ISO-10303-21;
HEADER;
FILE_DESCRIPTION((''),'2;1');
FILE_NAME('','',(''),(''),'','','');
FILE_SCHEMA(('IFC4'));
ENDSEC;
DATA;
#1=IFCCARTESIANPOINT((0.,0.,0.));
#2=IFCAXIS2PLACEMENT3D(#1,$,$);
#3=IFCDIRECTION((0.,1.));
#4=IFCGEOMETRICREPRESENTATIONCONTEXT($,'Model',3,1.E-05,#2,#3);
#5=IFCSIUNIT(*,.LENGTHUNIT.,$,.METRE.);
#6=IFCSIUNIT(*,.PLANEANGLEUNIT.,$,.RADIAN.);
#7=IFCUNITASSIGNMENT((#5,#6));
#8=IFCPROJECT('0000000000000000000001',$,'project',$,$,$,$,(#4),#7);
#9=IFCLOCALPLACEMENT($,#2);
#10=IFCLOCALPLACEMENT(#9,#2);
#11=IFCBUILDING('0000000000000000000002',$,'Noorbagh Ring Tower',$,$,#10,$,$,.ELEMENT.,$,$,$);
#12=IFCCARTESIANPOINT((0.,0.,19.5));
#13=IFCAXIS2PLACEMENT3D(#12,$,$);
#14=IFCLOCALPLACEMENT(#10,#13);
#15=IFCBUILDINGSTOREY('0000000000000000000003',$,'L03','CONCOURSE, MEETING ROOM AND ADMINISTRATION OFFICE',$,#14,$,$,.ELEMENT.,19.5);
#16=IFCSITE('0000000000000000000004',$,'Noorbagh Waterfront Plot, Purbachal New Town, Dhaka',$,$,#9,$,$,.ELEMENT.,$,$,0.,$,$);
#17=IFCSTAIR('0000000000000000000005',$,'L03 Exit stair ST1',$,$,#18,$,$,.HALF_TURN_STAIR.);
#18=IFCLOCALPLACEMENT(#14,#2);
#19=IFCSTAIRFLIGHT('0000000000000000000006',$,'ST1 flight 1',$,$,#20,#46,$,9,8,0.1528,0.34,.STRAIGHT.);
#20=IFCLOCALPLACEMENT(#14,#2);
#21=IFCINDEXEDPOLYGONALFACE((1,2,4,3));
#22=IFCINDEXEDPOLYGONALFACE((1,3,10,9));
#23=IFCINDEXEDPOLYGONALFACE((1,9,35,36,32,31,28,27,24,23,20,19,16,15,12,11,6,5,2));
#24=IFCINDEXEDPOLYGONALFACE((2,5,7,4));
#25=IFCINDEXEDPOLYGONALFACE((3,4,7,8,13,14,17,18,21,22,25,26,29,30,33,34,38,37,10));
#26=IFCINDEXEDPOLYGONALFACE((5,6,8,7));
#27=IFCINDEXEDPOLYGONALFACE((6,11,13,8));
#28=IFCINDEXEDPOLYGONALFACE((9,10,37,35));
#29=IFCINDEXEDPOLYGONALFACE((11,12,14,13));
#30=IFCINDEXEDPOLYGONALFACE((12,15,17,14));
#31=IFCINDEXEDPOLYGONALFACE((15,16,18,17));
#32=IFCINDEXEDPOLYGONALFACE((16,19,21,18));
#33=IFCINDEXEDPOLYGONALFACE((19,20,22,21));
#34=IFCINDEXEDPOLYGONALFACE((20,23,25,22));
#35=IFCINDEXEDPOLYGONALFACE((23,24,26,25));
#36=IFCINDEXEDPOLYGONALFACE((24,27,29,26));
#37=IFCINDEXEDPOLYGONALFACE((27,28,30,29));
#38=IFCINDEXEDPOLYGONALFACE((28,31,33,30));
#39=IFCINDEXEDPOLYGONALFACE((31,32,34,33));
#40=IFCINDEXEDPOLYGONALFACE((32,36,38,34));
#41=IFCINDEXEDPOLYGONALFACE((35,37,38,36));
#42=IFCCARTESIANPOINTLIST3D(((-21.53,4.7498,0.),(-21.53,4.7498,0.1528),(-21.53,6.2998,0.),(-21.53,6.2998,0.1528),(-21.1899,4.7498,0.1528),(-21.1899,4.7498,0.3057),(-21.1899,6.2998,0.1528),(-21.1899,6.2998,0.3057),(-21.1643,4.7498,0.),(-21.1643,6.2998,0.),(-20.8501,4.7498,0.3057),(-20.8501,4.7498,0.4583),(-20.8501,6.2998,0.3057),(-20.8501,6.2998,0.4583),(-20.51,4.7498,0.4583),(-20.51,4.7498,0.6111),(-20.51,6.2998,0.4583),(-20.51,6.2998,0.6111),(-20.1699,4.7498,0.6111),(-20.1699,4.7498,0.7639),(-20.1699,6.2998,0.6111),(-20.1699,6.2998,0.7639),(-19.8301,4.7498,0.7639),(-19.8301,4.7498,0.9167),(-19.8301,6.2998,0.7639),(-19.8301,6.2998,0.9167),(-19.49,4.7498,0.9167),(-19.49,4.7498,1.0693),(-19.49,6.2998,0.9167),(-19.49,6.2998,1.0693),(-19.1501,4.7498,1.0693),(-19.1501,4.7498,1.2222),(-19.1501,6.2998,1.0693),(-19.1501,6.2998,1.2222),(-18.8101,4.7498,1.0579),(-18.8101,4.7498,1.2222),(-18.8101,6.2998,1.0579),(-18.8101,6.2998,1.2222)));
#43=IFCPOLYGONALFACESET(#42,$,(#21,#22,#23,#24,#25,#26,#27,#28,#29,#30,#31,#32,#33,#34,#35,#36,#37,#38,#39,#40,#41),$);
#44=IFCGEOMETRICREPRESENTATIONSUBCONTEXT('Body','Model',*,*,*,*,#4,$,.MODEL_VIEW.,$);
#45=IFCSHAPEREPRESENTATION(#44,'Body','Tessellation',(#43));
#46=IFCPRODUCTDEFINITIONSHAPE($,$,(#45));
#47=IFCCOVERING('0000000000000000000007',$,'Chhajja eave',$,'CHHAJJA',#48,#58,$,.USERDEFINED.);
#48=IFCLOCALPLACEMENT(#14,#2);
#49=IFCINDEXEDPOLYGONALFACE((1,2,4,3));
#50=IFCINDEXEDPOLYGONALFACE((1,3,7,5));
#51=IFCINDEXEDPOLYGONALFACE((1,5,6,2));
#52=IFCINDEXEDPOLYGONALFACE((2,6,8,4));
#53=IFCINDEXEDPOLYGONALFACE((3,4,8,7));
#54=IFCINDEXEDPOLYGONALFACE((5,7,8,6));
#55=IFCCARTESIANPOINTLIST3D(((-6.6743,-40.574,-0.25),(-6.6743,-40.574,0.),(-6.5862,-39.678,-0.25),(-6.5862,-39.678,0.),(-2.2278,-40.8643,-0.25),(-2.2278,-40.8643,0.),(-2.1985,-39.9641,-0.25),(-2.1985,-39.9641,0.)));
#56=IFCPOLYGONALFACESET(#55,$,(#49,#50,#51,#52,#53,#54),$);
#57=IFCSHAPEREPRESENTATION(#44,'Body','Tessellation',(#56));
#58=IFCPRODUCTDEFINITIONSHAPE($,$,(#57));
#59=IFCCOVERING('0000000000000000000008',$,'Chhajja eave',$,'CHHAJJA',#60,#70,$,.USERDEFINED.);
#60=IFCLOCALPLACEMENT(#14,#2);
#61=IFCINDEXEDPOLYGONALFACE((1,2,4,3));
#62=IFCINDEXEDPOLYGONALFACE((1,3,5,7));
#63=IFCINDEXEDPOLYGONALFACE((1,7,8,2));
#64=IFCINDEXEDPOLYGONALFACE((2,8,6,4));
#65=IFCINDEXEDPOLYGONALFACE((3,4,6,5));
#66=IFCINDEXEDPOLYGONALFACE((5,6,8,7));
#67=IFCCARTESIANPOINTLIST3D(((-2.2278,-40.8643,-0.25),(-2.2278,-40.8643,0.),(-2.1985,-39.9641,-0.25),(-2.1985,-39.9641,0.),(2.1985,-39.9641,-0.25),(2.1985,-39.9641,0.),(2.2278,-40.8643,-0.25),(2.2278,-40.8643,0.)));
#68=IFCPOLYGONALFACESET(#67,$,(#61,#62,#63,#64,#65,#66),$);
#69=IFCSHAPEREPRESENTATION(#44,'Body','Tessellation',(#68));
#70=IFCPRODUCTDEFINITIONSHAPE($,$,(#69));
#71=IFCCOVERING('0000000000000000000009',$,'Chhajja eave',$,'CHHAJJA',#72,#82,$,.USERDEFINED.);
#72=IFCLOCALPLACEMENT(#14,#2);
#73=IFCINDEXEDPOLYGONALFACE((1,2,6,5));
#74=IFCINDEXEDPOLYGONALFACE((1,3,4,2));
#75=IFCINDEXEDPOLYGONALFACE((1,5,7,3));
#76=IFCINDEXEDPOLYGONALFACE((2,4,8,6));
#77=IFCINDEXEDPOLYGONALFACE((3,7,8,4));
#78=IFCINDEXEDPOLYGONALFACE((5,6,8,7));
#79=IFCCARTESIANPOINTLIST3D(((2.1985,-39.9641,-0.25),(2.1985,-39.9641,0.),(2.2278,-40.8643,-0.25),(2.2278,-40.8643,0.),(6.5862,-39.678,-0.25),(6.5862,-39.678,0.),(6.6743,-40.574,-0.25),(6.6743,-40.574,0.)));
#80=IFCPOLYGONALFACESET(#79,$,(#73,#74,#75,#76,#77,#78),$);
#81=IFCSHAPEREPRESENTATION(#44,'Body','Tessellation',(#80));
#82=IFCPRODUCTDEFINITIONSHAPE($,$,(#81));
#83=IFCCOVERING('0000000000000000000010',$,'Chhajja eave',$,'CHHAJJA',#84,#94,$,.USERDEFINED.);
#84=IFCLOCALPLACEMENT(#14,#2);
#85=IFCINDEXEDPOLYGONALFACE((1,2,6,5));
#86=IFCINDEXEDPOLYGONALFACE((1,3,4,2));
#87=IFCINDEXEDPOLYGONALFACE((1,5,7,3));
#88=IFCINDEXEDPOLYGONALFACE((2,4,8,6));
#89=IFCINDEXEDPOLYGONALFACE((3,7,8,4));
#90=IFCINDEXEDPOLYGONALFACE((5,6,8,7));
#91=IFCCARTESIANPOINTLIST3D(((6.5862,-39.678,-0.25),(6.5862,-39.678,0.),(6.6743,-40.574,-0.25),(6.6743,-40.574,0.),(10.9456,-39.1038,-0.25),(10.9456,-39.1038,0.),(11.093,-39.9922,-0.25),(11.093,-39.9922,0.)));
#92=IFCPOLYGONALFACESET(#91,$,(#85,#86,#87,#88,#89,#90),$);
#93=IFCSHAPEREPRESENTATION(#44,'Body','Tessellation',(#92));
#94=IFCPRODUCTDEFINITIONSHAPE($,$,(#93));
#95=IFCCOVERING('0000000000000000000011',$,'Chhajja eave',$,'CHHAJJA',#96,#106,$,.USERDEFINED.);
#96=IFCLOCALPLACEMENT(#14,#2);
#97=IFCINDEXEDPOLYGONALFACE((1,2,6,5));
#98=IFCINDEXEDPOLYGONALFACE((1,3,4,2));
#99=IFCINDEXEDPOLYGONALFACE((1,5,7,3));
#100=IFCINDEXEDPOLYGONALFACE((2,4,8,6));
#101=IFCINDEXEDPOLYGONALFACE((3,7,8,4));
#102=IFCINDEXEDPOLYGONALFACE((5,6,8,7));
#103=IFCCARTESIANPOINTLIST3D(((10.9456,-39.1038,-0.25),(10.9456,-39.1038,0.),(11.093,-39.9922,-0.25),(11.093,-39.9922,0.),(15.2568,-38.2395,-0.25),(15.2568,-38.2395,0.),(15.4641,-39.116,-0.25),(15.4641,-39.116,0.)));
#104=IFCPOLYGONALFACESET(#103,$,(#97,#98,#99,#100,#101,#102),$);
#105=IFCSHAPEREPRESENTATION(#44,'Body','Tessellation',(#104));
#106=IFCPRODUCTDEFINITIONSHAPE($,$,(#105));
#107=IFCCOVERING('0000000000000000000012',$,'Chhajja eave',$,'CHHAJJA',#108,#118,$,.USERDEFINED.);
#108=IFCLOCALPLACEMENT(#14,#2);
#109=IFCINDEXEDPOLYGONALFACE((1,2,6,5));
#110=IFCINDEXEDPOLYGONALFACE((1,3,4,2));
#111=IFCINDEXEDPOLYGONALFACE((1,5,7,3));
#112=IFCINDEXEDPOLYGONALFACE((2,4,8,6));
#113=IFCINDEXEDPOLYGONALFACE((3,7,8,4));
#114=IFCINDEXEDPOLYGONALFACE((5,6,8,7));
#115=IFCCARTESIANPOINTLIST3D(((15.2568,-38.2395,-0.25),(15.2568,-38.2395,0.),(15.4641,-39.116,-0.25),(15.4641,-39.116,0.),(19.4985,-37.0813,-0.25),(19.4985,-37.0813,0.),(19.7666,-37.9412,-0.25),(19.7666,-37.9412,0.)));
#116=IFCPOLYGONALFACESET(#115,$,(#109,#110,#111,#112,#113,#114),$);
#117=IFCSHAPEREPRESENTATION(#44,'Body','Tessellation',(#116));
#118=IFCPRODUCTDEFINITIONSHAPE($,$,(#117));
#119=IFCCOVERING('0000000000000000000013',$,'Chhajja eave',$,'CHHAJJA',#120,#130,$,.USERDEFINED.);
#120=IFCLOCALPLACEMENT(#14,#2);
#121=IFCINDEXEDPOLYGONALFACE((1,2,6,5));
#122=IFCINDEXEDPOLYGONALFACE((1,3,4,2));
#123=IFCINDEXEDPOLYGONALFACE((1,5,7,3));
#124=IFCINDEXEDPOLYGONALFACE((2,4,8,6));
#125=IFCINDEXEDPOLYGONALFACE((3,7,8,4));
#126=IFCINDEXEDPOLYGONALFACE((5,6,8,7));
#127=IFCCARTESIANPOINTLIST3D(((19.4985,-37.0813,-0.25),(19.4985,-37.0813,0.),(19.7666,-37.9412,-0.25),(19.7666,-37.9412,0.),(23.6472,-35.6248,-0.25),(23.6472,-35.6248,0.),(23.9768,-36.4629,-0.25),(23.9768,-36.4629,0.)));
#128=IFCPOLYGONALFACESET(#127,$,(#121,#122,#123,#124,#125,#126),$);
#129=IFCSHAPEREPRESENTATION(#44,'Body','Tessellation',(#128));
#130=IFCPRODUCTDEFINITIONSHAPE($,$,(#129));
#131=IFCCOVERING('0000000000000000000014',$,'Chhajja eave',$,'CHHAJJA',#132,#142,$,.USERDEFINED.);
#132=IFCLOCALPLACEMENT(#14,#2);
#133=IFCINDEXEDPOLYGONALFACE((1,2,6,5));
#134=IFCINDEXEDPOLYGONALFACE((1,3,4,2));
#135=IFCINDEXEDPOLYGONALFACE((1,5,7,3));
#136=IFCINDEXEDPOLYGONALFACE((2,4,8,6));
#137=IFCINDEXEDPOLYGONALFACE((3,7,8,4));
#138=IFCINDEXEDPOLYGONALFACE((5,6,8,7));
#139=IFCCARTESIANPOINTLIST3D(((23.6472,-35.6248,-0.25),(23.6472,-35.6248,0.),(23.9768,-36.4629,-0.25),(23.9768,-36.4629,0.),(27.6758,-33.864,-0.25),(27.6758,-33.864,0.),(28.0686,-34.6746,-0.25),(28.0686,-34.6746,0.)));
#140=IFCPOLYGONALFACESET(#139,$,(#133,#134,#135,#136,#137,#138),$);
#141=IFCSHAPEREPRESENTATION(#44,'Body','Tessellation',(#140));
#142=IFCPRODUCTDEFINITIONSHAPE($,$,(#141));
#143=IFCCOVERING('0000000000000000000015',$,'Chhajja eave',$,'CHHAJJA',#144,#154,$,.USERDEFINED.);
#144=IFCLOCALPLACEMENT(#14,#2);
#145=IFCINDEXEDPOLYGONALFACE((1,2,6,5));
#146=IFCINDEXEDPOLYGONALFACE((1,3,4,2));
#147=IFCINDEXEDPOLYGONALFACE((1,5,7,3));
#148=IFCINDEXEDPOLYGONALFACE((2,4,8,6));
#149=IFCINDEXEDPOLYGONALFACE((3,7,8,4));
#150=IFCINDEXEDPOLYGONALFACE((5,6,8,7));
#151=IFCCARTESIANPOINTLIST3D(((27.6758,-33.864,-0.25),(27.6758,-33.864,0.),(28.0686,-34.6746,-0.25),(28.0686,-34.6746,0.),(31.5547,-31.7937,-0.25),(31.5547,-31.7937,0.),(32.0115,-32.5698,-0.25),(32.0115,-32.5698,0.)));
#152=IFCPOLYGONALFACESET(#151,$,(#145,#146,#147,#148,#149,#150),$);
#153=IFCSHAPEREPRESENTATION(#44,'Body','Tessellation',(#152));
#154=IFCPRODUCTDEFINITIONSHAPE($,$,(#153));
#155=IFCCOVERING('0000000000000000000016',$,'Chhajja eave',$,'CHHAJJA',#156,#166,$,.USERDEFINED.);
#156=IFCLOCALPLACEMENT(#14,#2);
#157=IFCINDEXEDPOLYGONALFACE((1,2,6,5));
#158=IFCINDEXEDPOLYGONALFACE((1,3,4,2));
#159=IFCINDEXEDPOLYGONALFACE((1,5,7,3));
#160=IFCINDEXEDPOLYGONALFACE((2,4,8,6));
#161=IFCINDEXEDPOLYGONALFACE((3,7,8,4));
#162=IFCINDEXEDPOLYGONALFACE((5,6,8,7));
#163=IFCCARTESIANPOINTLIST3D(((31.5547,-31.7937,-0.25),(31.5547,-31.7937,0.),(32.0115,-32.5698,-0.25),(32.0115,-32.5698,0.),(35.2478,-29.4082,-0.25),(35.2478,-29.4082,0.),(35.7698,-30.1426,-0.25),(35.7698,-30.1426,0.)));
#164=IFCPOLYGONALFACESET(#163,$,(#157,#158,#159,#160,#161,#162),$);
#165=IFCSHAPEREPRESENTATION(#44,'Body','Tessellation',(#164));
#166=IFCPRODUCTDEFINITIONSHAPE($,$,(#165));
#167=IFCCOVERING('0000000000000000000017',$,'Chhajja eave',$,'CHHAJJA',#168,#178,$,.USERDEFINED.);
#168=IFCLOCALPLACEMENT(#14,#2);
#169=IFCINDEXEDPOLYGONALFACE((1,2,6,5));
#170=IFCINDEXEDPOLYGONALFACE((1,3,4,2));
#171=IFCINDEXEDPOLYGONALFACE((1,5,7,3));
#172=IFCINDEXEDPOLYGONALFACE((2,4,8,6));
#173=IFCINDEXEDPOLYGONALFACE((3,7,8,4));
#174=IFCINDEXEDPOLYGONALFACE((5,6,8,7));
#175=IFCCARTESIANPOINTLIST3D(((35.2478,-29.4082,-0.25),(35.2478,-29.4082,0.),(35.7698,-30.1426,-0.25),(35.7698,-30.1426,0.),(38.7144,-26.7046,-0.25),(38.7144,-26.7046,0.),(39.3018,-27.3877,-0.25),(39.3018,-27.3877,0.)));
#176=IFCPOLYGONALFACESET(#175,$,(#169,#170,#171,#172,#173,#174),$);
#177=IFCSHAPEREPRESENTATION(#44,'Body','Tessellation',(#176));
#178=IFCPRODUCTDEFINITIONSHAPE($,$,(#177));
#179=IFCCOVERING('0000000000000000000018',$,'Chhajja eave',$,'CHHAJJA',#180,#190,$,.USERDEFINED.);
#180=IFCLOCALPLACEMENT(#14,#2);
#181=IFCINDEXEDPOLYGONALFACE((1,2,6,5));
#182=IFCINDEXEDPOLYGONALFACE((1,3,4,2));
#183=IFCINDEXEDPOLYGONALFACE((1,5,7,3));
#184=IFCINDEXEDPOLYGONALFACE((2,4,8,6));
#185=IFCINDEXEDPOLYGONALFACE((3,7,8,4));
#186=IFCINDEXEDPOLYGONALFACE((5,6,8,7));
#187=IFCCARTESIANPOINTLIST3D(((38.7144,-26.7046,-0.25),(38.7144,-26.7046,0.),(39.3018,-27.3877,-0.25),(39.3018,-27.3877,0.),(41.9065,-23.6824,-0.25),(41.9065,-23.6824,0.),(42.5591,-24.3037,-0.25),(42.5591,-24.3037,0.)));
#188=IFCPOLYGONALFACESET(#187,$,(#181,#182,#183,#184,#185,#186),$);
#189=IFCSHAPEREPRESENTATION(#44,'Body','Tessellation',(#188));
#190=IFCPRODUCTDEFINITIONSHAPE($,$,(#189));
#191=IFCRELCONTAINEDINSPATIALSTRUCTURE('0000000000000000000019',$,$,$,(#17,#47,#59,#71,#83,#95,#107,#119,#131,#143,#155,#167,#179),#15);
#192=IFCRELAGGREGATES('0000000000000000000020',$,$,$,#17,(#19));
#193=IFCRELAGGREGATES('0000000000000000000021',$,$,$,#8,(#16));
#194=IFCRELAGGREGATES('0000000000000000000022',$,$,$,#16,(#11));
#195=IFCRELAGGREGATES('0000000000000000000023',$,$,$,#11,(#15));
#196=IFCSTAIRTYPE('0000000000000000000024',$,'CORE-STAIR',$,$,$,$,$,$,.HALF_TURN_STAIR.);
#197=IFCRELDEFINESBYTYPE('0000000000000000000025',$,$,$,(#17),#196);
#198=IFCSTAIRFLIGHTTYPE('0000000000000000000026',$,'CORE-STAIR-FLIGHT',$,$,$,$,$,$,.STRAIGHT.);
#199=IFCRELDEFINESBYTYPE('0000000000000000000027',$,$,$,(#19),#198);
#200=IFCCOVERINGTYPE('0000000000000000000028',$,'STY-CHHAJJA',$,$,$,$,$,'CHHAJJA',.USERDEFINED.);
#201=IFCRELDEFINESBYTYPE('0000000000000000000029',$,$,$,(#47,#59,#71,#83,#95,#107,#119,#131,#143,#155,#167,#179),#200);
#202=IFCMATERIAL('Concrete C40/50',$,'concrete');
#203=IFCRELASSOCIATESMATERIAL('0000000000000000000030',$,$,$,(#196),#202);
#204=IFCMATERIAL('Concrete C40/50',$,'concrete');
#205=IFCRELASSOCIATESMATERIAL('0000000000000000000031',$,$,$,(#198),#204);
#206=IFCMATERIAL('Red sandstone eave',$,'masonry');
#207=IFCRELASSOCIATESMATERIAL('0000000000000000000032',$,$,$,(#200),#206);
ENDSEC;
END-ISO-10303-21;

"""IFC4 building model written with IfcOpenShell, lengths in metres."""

from ifc_helpers import new_model, si_unit, direction, frame, origin, place, context, subcontext, project, spatial, polyline, outline, extrude, material, type_object, element, aggregate, save


model = new_model("IFC4")

# Units and contexts
model_context = context("Model", 3, precision=1e-05, world=origin(), true_north=direction((0.0, 1.0)))
body_context = subcontext(model_context, "Body", "Model", "MODEL_VIEW")
ifc_project = project(units=[si_unit("LENGTHUNIT", "METRE"), si_unit("PLANEANGLEUNIT", "RADIAN")], contexts=[model_context])

# Site, building, storey
site_placement = place(None, origin())
site = spatial("IfcSite", under=ifc_project, at=site_placement, Name="Noorbagh Waterfront Plot, Purbachal New Town, Dhaka", CompositionType="ELEMENT", RefElevation=0.0)
building_placement = place(site_placement, origin())
building = spatial("IfcBuilding", under=site, at=building_placement, Name="Noorbagh Ring Tower", CompositionType="ELEMENT")
storey_placement = place(building_placement, frame((0.0, 0.0, 19.5)))
storey = spatial("IfcBuildingStorey", under=building, at=storey_placement, Name="L03", Description="CONCOURSE, MEETING ROOM AND ADMINISTRATION OFFICE", CompositionType="ELEMENT", Elevation=19.5)

# Stair, stair flight
ifc_material_1 = material(Name="Concrete C40/50", Category="concrete")
stair_type_1 = type_object("IfcStairType", Name="CORE-STAIR", PredefinedType="HALF_TURN_STAIR", material=ifc_material_1)
stair_1_placement = place(storey_placement, origin())
stair_1 = element("IfcStair", 1, at=stair_1_placement, inside=storey, type_object=stair_type_1, Name="L03 Exit stair ST1", PredefinedType="HALF_TURN_STAIR")
ifc_material_2 = material(Name="Concrete C40/50", Category="concrete")
stair_flight_type = type_object("IfcStairFlightType", Name="CORE-STAIR-FLIGHT", PredefinedType="STRAIGHT", material=ifc_material_2)
stair_flight_placement = place(storey_placement, frame((-21.53, 5.5249, 0.0), z_axis=(0.0, 0.0, 1.0), x_axis=(1.0, 0.0, 0.0)))
stair_flight = element("IfcStairFlight", 2, at=stair_flight_placement, type_object=stair_flight_type, Name="ST1 flight 1", NumberOfRisers=9, NumberOfTreads=8, PredefinedType="STRAIGHT", RiserHeight=0.1528, TreadLength=0.34, context=body_context, shape_type="SweptSolid", body=[
    extrude(outline(polyline([(0.0, 0.0), (0.0, 0.1528), (0.3401, 0.1528), (0.3401, 0.3057), (0.6799, 0.3057), (0.6799, 0.4583), (1.02, 0.4583), (1.02, 0.6111), (1.3601, 0.6111), (1.3601, 0.7639), (1.7, 0.7639), (1.7, 0.9167), (2.04, 0.9167), (2.04, 1.0693), (2.3799, 1.0693), (2.3799, 1.2222), (2.72, 1.2222), (2.72, 1.375), (2.72, 1.0579), (0.3657, 0.0), (0.0, 0.0)])), frame((0.0, 0.7749, 0.0), z_axis=(0.0, -1.0, 0.0), x_axis=(1.0, 0.0, 0.0)), (0.0, 0.0, 1.0), 1.55),
])
aggregate(stair_1, [stair_flight])

# Coverings
ifc_material_3 = material(Name="Red sandstone eave", Category="masonry")
covering_type = type_object("IfcCoveringType", Name="STY-CHHAJJA", ElementType="CHHAJJA", PredefinedType="USERDEFINED", material=ifc_material_3)
covering_1_placement = place(storey_placement, frame((0.0, 0.0, -0.25)))
element("IfcCovering", 3, at=covering_1_placement, inside=storey, type_object=covering_type, Name="Chhajja eave", ObjectType="CHHAJJA", PredefinedType="USERDEFINED", context=body_context, shape_type="SweptSolid", body=[
    extrude(outline(polyline([(-6.5862, -39.678), (-2.1985, -39.9641), (-2.2278, -40.8643), (-6.6743, -40.574), (-6.5862, -39.678)])), origin(), (0.0, 0.0, 1.0), 0.25),
])
covering_2_placement = place(storey_placement, frame((0.0, 0.0, -0.25)))
element("IfcCovering", 4, at=covering_2_placement, inside=storey, type_object=covering_type, Name="Chhajja eave", ObjectType="CHHAJJA", PredefinedType="USERDEFINED", context=body_context, shape_type="SweptSolid", body=[
    extrude(outline(polyline([(-2.1985, -39.9641), (2.1985, -39.9641), (2.2278, -40.8643), (-2.2278, -40.8643), (-2.1985, -39.9641)])), origin(), (0.0, 0.0, 1.0), 0.25),
])
covering_3_placement = place(storey_placement, frame((0.0, 0.0, -0.25)))
element("IfcCovering", 5, at=covering_3_placement, inside=storey, type_object=covering_type, Name="Chhajja eave", ObjectType="CHHAJJA", PredefinedType="USERDEFINED", context=body_context, shape_type="SweptSolid", body=[
    extrude(outline(polyline([(2.1985, -39.9641), (6.5862, -39.678), (6.6743, -40.574), (2.2278, -40.8643), (2.1985, -39.9641)])), origin(), (0.0, 0.0, 1.0), 0.25),
])
covering_4_placement = place(storey_placement, frame((0.0, 0.0, -0.25)))
element("IfcCovering", 6, at=covering_4_placement, inside=storey, type_object=covering_type, Name="Chhajja eave", ObjectType="CHHAJJA", PredefinedType="USERDEFINED", context=body_context, shape_type="SweptSolid", body=[
    extrude(outline(polyline([(6.5862, -39.678), (10.9456, -39.1038), (11.093, -39.9922), (6.6743, -40.574), (6.5862, -39.678)])), origin(), (0.0, 0.0, 1.0), 0.25),
])
covering_5_placement = place(storey_placement, frame((0.0, 0.0, -0.25)))
element("IfcCovering", 7, at=covering_5_placement, inside=storey, type_object=covering_type, Name="Chhajja eave", ObjectType="CHHAJJA", PredefinedType="USERDEFINED", context=body_context, shape_type="SweptSolid", body=[
    extrude(outline(polyline([(10.9456, -39.1038), (15.2568, -38.2395), (15.4641, -39.116), (11.093, -39.9922), (10.9456, -39.1038)])), origin(), (0.0, 0.0, 1.0), 0.25),
])
covering_6_placement = place(storey_placement, frame((0.0, 0.0, -0.25)))
element("IfcCovering", 8, at=covering_6_placement, inside=storey, type_object=covering_type, Name="Chhajja eave", ObjectType="CHHAJJA", PredefinedType="USERDEFINED", context=body_context, shape_type="SweptSolid", body=[
    extrude(outline(polyline([(15.2568, -38.2395), (19.4985, -37.0813), (19.7666, -37.9412), (15.4641, -39.116), (15.2568, -38.2395)])), origin(), (0.0, 0.0, 1.0), 0.25),
])
covering_7_placement = place(storey_placement, frame((0.0, 0.0, -0.25)))
element("IfcCovering", 9, at=covering_7_placement, inside=storey, type_object=covering_type, Name="Chhajja eave", ObjectType="CHHAJJA", PredefinedType="USERDEFINED", context=body_context, shape_type="SweptSolid", body=[
    extrude(outline(polyline([(19.4985, -37.0813), (23.6472, -35.6248), (23.9768, -36.4629), (19.7666, -37.9412), (19.4985, -37.0813)])), origin(), (0.0, 0.0, 1.0), 0.25),
])
covering_8_placement = place(storey_placement, frame((0.0, 0.0, -0.25)))
element("IfcCovering", 10, at=covering_8_placement, inside=storey, type_object=covering_type, Name="Chhajja eave", ObjectType="CHHAJJA", PredefinedType="USERDEFINED", context=body_context, shape_type="SweptSolid", body=[
    extrude(outline(polyline([(23.6472, -35.6248), (27.6758, -33.864), (28.0686, -34.6746), (23.9768, -36.4629), (23.6472, -35.6248)])), origin(), (0.0, 0.0, 1.0), 0.25),
])
covering_9_placement = place(storey_placement, frame((0.0, 0.0, -0.25)))
element("IfcCovering", 11, at=covering_9_placement, inside=storey, type_object=covering_type, Name="Chhajja eave", ObjectType="CHHAJJA", PredefinedType="USERDEFINED", context=body_context, shape_type="SweptSolid", body=[
    extrude(outline(polyline([(27.6758, -33.864), (31.5547, -31.7937), (32.0115, -32.5698), (28.0686, -34.6746), (27.6758, -33.864)])), origin(), (0.0, 0.0, 1.0), 0.25),
])
covering_10_placement = place(storey_placement, frame((0.0, 0.0, -0.25)))
element("IfcCovering", 12, at=covering_10_placement, inside=storey, type_object=covering_type, Name="Chhajja eave", ObjectType="CHHAJJA", PredefinedType="USERDEFINED", context=body_context, shape_type="SweptSolid", body=[
    extrude(outline(polyline([(31.5547, -31.7937), (35.2478, -29.4082), (35.7698, -30.1426), (32.0115, -32.5698), (31.5547, -31.7937)])), origin(), (0.0, 0.0, 1.0), 0.25),
])
covering_11_placement = place(storey_placement, frame((0.0, 0.0, -0.25)))
element("IfcCovering", 13, at=covering_11_placement, inside=storey, type_object=covering_type, Name="Chhajja eave", ObjectType="CHHAJJA", PredefinedType="USERDEFINED", context=body_context, shape_type="SweptSolid", body=[
    extrude(outline(polyline([(35.2478, -29.4082), (38.7144, -26.7046), (39.3018, -27.3877), (35.7698, -30.1426), (35.2478, -29.4082)])), origin(), (0.0, 0.0, 1.0), 0.25),
])
covering_12_placement = place(storey_placement, frame((0.0, 0.0, -0.25)))
element("IfcCovering", 14, at=covering_12_placement, inside=storey, type_object=covering_type, Name="Chhajja eave", ObjectType="CHHAJJA", PredefinedType="USERDEFINED", context=body_context, shape_type="SweptSolid", body=[
    extrude(outline(polyline([(38.7144, -26.7046), (41.9065, -23.6824), (42.5591, -24.3037), (39.3018, -27.3877), (38.7144, -26.7046)])), origin(), (0.0, 0.0, 1.0), 0.25),
])

save(model, "model.ifc")
